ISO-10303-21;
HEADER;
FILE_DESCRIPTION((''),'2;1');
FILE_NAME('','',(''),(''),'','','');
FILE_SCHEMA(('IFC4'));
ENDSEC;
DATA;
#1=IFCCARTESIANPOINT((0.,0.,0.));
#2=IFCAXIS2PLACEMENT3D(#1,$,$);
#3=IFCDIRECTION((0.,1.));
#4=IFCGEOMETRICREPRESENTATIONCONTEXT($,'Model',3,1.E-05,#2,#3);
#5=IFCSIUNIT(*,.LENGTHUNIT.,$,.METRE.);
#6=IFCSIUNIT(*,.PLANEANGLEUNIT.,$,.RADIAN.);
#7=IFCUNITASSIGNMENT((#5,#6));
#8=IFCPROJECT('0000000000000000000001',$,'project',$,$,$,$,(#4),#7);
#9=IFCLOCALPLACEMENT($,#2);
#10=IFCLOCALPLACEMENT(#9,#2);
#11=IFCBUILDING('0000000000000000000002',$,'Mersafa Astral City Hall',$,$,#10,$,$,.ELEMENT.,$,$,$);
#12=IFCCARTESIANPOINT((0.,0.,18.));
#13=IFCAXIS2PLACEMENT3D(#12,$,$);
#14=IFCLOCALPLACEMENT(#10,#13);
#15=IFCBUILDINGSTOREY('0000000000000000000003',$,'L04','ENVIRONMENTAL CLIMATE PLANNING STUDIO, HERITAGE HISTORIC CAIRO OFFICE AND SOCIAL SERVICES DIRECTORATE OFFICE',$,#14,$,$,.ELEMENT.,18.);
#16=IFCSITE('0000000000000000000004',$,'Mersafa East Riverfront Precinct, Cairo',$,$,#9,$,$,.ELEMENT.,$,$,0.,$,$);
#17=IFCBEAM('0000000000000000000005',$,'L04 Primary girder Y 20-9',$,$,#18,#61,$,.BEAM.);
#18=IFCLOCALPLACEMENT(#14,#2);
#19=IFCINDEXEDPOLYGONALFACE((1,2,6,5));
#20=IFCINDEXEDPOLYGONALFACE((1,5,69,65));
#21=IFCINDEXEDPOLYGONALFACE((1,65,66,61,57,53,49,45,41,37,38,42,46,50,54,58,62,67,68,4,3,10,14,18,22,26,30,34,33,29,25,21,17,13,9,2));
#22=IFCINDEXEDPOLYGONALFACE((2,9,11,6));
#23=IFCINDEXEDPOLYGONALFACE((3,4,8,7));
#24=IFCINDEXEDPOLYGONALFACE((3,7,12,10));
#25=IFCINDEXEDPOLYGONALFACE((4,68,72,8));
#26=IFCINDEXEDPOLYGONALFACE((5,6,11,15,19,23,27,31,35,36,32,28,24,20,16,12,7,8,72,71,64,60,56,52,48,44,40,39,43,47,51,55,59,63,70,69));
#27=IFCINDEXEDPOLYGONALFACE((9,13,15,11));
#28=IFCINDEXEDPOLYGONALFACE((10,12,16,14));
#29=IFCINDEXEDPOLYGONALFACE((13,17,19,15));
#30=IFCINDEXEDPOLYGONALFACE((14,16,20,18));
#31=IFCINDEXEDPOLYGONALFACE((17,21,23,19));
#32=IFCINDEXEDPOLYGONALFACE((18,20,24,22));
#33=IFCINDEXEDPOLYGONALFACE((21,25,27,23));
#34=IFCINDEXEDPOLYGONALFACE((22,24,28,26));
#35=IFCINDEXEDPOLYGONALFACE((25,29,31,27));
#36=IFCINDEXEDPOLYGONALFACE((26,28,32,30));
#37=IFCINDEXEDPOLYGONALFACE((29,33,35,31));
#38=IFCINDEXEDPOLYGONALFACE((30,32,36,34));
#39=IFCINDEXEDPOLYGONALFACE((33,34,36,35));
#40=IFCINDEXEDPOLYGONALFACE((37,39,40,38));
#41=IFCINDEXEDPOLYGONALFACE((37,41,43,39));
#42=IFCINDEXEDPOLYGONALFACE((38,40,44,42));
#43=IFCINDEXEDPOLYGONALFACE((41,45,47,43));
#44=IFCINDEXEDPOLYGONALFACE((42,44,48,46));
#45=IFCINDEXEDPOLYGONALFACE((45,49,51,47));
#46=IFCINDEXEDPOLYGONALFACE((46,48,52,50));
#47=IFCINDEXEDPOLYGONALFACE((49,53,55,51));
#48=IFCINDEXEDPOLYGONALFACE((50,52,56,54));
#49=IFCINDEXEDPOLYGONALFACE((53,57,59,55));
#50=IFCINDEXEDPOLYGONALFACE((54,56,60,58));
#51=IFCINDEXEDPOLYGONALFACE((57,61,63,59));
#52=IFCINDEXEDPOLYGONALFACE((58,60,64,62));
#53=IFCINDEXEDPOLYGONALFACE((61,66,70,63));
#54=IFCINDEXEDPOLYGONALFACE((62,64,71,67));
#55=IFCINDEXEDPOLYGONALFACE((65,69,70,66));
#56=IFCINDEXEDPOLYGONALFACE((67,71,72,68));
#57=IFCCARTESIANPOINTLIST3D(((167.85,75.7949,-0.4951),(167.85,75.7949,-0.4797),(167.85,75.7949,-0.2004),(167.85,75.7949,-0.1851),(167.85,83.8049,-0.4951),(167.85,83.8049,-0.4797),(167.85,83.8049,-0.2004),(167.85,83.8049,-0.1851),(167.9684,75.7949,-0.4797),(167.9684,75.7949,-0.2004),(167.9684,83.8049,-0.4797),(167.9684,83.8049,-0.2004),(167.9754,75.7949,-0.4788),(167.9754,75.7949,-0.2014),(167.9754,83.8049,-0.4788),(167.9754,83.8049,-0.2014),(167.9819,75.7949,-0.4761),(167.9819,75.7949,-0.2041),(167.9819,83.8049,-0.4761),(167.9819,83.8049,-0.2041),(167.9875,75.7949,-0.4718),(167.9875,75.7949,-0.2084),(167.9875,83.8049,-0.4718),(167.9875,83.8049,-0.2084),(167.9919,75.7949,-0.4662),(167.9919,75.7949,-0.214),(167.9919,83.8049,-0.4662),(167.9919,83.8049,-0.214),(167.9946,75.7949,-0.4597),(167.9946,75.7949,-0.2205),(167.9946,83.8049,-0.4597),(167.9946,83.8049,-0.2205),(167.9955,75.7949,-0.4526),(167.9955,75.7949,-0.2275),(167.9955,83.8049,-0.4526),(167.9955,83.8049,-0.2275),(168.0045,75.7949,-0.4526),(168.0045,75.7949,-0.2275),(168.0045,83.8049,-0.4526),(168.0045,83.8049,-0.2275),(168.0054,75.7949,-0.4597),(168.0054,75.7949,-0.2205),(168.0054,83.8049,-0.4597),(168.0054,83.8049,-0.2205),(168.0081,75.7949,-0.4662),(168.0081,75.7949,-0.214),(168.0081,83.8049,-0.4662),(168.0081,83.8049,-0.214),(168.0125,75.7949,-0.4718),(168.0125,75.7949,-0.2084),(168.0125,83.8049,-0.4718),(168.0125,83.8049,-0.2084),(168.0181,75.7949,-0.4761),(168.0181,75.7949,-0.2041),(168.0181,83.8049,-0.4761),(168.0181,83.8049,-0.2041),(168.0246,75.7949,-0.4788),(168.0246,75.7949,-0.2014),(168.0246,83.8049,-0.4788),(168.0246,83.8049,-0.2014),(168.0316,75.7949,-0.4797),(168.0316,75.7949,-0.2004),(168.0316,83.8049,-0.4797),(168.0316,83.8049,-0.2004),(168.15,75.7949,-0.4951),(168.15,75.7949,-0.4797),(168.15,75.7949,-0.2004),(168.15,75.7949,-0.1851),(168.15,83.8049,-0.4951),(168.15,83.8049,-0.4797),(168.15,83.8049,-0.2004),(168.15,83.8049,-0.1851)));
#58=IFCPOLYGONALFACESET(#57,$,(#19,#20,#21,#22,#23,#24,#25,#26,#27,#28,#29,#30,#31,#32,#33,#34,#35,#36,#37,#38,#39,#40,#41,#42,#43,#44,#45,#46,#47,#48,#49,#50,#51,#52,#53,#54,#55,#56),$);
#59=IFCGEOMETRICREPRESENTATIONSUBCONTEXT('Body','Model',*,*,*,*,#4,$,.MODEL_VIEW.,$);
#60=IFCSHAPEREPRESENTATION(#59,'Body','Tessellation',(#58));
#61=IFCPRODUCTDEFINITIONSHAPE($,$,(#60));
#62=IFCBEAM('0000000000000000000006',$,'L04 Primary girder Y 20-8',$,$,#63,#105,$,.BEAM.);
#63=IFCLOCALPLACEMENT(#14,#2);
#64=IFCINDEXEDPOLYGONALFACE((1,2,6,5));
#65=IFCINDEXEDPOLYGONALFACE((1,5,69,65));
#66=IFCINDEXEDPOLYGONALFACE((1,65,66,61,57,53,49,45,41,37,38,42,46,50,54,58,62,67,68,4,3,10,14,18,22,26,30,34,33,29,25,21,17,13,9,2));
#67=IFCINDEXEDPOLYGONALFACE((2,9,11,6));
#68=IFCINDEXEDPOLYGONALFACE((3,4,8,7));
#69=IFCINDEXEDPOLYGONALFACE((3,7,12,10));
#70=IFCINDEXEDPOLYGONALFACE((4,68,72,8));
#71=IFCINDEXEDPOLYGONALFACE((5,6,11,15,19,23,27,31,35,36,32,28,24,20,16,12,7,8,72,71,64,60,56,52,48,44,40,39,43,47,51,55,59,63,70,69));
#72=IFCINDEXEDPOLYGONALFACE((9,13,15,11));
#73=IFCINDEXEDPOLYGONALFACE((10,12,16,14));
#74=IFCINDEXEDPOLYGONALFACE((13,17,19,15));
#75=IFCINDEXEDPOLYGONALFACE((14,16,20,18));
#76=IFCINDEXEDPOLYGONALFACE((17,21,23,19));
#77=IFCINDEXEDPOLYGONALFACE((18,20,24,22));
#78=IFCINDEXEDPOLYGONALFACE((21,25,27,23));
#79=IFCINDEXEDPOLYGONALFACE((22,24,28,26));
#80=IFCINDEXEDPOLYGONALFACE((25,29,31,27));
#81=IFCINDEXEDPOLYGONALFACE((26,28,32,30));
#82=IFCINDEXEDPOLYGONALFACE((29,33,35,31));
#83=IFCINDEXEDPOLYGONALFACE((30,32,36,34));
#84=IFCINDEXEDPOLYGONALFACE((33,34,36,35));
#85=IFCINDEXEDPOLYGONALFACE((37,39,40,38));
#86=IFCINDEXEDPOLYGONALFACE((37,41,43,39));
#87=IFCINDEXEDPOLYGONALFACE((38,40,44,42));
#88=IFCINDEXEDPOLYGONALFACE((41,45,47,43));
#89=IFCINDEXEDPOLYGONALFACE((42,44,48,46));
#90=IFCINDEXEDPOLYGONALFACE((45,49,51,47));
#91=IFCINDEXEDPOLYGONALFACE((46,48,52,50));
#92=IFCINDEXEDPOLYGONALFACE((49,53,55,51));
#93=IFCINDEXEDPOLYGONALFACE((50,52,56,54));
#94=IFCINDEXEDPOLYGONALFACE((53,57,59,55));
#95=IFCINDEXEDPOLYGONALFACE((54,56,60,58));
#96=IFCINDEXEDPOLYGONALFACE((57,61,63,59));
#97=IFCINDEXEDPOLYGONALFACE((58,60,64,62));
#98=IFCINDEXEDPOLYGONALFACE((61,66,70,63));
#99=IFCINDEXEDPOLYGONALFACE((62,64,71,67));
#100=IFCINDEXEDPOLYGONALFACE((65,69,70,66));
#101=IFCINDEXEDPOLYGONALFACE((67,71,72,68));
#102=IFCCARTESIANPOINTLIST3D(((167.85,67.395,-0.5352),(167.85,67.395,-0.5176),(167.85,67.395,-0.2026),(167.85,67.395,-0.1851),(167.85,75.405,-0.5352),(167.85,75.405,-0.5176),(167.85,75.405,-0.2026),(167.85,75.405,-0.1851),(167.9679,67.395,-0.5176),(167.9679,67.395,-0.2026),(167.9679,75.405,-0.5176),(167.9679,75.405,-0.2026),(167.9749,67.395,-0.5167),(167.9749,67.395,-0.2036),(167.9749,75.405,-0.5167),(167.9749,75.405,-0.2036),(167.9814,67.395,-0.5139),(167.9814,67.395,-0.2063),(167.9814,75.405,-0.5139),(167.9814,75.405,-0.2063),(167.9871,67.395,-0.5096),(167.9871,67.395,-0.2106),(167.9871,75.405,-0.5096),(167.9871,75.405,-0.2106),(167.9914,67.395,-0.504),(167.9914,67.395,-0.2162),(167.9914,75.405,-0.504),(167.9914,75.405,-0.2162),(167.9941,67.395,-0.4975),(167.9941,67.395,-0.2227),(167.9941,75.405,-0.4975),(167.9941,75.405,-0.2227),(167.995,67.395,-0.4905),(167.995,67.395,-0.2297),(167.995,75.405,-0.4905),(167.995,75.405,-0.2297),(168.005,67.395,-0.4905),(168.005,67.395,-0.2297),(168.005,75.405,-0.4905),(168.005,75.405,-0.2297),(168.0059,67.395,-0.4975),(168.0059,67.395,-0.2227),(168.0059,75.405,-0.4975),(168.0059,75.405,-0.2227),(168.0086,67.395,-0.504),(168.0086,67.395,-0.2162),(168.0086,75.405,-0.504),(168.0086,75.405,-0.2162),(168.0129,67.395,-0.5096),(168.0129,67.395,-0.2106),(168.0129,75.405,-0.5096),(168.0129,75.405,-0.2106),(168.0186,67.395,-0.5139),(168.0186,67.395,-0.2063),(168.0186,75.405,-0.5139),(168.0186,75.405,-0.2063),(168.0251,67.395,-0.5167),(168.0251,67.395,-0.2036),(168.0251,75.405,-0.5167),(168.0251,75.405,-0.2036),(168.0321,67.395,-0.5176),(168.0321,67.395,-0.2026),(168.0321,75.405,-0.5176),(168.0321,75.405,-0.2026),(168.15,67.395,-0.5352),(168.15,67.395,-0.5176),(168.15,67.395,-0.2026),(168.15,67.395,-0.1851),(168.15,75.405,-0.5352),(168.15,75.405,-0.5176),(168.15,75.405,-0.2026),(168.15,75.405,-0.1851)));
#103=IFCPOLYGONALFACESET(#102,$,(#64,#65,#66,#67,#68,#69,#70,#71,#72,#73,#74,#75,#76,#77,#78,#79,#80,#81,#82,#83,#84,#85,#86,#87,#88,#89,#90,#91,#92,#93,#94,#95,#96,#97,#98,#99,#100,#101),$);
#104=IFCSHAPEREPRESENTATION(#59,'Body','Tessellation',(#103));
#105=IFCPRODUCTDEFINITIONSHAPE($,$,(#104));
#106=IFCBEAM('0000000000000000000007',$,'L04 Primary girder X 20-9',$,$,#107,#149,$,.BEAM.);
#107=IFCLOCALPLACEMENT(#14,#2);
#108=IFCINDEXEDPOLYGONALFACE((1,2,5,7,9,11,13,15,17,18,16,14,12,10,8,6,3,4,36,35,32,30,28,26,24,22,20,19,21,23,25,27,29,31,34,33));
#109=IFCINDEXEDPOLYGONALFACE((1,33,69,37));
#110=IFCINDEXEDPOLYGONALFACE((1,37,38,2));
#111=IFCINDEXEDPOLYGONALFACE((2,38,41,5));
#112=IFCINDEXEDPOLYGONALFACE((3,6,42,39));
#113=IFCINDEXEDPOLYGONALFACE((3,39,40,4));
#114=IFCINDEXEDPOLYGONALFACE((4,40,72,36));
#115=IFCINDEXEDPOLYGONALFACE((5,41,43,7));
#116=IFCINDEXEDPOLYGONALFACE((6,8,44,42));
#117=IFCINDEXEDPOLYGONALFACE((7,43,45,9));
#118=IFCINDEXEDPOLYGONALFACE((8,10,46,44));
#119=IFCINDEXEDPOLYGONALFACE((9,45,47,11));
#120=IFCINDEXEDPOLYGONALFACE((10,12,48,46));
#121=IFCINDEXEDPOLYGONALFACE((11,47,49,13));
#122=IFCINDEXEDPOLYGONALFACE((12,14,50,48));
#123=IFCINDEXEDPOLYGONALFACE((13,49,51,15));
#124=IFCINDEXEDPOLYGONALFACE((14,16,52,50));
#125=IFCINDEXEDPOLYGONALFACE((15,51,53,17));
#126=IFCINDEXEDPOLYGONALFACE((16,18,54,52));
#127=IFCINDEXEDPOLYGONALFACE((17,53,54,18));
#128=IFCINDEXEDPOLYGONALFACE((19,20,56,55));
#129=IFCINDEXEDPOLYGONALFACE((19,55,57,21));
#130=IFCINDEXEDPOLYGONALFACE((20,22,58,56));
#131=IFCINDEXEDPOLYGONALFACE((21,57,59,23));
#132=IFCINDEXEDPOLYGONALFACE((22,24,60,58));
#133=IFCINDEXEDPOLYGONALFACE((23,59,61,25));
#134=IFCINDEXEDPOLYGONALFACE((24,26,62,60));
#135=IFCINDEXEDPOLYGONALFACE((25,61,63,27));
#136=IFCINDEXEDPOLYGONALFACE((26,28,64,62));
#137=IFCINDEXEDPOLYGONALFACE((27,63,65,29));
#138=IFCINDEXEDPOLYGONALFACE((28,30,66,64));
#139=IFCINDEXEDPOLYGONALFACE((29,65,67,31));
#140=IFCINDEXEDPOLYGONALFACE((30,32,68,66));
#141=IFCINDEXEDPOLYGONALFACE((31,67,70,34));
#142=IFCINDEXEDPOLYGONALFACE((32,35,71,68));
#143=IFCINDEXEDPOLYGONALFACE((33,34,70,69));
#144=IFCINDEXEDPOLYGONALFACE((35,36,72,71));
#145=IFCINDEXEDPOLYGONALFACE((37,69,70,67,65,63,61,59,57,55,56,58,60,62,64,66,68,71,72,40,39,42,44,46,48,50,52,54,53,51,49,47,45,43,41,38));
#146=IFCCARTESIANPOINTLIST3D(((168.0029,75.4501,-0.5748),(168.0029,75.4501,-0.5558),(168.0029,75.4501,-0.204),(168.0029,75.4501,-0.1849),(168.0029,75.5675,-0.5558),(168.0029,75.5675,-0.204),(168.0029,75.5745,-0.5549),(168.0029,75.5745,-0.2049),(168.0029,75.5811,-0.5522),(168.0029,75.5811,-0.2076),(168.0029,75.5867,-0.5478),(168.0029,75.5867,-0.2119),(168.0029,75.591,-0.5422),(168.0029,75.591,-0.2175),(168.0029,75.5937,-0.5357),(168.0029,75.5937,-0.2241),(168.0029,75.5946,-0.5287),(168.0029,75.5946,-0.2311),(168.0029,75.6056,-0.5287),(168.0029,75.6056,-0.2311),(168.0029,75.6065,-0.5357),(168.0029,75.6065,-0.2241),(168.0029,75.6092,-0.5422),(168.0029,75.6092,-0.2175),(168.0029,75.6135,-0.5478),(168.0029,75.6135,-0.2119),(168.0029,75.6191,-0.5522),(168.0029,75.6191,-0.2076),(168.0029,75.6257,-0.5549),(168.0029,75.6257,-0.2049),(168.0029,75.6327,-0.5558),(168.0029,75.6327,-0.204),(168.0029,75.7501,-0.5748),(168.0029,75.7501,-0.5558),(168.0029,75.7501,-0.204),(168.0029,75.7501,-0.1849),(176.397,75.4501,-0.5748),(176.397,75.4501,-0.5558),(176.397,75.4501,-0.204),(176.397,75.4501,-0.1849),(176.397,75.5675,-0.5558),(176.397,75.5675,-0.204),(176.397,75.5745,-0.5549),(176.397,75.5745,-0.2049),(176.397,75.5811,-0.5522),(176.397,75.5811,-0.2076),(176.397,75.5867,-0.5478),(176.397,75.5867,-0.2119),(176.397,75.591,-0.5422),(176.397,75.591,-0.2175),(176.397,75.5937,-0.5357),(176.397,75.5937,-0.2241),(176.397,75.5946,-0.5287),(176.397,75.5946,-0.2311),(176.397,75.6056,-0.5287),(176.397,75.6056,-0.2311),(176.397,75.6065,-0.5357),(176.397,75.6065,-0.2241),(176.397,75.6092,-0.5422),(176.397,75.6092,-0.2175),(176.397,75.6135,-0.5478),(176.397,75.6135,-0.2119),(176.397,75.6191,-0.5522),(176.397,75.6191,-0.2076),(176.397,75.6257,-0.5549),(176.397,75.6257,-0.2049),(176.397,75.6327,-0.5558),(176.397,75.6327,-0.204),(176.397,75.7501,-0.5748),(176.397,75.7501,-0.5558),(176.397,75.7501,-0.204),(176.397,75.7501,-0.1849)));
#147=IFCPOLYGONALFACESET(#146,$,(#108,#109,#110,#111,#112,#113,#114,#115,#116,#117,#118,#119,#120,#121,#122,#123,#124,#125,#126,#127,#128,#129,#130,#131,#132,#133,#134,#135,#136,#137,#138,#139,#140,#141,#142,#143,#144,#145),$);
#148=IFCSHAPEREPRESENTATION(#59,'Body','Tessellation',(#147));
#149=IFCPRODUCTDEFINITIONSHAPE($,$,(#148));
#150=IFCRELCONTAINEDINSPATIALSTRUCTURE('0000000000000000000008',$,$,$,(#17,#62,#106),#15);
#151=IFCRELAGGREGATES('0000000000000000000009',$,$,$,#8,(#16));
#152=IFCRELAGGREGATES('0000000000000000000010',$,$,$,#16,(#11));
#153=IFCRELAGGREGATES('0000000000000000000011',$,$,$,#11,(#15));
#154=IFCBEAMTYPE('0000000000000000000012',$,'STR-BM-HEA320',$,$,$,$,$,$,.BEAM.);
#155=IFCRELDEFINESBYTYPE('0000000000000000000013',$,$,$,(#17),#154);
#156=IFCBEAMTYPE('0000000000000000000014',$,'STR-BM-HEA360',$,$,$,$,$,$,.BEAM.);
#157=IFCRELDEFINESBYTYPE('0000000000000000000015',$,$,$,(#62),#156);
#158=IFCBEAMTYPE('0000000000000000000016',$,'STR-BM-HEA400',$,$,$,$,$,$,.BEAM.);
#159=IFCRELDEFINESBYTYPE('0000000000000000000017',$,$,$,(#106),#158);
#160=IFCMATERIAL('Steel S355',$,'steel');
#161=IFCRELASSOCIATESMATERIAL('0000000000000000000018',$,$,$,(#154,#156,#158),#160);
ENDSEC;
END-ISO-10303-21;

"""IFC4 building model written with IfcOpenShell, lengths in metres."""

from ifc_helpers import new_model, si_unit, direction, frame, origin, origin_2d, place, context, subcontext, project, spatial, i_section, extrude, material, material_profile, profile_set, type_object, element, save


model = new_model("IFC4")

# Units and contexts
model_context = context("Model", 3, precision=1e-05, world=origin(), true_north=direction((0.0, 1.0)))
body_context = subcontext(model_context, "Body", "Model", "MODEL_VIEW")
ifc_project = project(units=[si_unit("LENGTHUNIT", "METRE"), si_unit("PLANEANGLEUNIT", "RADIAN")], contexts=[model_context])

# Site, building, storey
site_placement = place(None, origin())
site = spatial("IfcSite", under=ifc_project, at=site_placement, Name="Mersafa East Riverfront Precinct, Cairo", CompositionType="ELEMENT", RefElevation=0.0)
building_placement = place(site_placement, origin())
building = spatial("IfcBuilding", under=site, at=building_placement, Name="Mersafa Astral City Hall", CompositionType="ELEMENT")
storey_placement = place(building_placement, frame((0.0, 0.0, 18.0)))
storey = spatial("IfcBuildingStorey", under=building, at=storey_placement, Name="L04", Description="ENVIRONMENTAL CLIMATE PLANNING STUDIO, HERITAGE HISTORIC CAIRO OFFICE AND SOCIAL SERVICES DIRECTORATE OFFICE", CompositionType="ELEMENT", Elevation=18.0)

# Shared definitions
ifc_material_1 = material(Name="Steel S355", Category="steel")

# Beams
ifc_material_profile_1 = material_profile(ifc_material_1, i_section(OverallWidth=0.3, OverallDepth=0.3101, WebThickness=0.009, FlangeThickness=0.0154, FilletRadius=0.0271, at=origin_2d()), Name="HEA 320")
ifc_profile_set_1 = profile_set([ifc_material_profile_1], Name="Steel S355")
beam_type_1 = type_object("IfcBeamType", Name="STR-BM-HEA320", PredefinedType="BEAM", material=ifc_profile_set_1)
beam_1_placement = place(storey_placement, frame((168.0, 75.7949, -0.3401), z_axis=(0.0, 1.0, 0.0), x_axis=(-1.0, 0.0, 0.0)))
element("IfcBeam", 1, at=beam_1_placement, inside=storey, type_object=beam_type_1, Name="L04 Primary girder Y 20-9", PredefinedType="BEAM", context=body_context, shape_type="SweptSolid", body=[
    extrude(i_section(OverallWidth=0.3, OverallDepth=0.3101, WebThickness=0.009, FlangeThickness=0.0154, FilletRadius=0.0271, at=origin_2d()), origin(), (0.0, 0.0, 1.0), 8.01),
])
ifc_material_profile_2 = material_profile(ifc_material_1, i_section(OverallWidth=0.3, OverallDepth=0.3501, WebThickness=0.01, FlangeThickness=0.0176, FilletRadius=0.0271, at=origin_2d()), Name="HEA 360")
ifc_profile_set_2 = profile_set([ifc_material_profile_2], Name="Steel S355")
beam_type_2 = type_object("IfcBeamType", Name="STR-BM-HEA360", PredefinedType="BEAM", material=ifc_profile_set_2)
beam_2_placement = place(storey_placement, frame((168.0, 67.395, -0.3601), z_axis=(0.0, 1.0, 0.0), x_axis=(-1.0, 0.0, 0.0)))
element("IfcBeam", 2, at=beam_2_placement, inside=storey, type_object=beam_type_2, Name="L04 Primary girder Y 20-8", PredefinedType="BEAM", context=body_context, shape_type="SweptSolid", body=[
    extrude(i_section(OverallWidth=0.3, OverallDepth=0.3501, WebThickness=0.01, FlangeThickness=0.0176, FilletRadius=0.0271, at=origin_2d()), origin(), (0.0, 0.0, 1.0), 8.01),
])
ifc_material_profile_3 = material_profile(ifc_material_1, i_section(OverallWidth=0.3, OverallDepth=0.3899, WebThickness=0.011, FlangeThickness=0.019, FilletRadius=0.0271, at=origin_2d()), Name="HEA 400")
ifc_profile_set_3 = profile_set([ifc_material_profile_3], Name="Steel S355")
beam_type_3 = type_object("IfcBeamType", Name="STR-BM-HEA400", PredefinedType="BEAM", material=ifc_profile_set_3)
beam_3_placement = place(storey_placement, frame((168.0029, 75.6001, -0.3799), z_axis=(1.0, 0.0, 0.0), x_axis=(0.0, 1.0, 0.0)))
element("IfcBeam", 3, at=beam_3_placement, inside=storey, type_object=beam_type_3, Name="L04 Primary girder X 20-9", PredefinedType="BEAM", context=body_context, shape_type="SweptSolid", body=[
    extrude(i_section(OverallWidth=0.3, OverallDepth=0.3899, WebThickness=0.011, FlangeThickness=0.019, FilletRadius=0.0271, at=origin_2d()), origin(), (0.0, 0.0, 1.0), 8.394),
])

save(model, "model.ifc")
